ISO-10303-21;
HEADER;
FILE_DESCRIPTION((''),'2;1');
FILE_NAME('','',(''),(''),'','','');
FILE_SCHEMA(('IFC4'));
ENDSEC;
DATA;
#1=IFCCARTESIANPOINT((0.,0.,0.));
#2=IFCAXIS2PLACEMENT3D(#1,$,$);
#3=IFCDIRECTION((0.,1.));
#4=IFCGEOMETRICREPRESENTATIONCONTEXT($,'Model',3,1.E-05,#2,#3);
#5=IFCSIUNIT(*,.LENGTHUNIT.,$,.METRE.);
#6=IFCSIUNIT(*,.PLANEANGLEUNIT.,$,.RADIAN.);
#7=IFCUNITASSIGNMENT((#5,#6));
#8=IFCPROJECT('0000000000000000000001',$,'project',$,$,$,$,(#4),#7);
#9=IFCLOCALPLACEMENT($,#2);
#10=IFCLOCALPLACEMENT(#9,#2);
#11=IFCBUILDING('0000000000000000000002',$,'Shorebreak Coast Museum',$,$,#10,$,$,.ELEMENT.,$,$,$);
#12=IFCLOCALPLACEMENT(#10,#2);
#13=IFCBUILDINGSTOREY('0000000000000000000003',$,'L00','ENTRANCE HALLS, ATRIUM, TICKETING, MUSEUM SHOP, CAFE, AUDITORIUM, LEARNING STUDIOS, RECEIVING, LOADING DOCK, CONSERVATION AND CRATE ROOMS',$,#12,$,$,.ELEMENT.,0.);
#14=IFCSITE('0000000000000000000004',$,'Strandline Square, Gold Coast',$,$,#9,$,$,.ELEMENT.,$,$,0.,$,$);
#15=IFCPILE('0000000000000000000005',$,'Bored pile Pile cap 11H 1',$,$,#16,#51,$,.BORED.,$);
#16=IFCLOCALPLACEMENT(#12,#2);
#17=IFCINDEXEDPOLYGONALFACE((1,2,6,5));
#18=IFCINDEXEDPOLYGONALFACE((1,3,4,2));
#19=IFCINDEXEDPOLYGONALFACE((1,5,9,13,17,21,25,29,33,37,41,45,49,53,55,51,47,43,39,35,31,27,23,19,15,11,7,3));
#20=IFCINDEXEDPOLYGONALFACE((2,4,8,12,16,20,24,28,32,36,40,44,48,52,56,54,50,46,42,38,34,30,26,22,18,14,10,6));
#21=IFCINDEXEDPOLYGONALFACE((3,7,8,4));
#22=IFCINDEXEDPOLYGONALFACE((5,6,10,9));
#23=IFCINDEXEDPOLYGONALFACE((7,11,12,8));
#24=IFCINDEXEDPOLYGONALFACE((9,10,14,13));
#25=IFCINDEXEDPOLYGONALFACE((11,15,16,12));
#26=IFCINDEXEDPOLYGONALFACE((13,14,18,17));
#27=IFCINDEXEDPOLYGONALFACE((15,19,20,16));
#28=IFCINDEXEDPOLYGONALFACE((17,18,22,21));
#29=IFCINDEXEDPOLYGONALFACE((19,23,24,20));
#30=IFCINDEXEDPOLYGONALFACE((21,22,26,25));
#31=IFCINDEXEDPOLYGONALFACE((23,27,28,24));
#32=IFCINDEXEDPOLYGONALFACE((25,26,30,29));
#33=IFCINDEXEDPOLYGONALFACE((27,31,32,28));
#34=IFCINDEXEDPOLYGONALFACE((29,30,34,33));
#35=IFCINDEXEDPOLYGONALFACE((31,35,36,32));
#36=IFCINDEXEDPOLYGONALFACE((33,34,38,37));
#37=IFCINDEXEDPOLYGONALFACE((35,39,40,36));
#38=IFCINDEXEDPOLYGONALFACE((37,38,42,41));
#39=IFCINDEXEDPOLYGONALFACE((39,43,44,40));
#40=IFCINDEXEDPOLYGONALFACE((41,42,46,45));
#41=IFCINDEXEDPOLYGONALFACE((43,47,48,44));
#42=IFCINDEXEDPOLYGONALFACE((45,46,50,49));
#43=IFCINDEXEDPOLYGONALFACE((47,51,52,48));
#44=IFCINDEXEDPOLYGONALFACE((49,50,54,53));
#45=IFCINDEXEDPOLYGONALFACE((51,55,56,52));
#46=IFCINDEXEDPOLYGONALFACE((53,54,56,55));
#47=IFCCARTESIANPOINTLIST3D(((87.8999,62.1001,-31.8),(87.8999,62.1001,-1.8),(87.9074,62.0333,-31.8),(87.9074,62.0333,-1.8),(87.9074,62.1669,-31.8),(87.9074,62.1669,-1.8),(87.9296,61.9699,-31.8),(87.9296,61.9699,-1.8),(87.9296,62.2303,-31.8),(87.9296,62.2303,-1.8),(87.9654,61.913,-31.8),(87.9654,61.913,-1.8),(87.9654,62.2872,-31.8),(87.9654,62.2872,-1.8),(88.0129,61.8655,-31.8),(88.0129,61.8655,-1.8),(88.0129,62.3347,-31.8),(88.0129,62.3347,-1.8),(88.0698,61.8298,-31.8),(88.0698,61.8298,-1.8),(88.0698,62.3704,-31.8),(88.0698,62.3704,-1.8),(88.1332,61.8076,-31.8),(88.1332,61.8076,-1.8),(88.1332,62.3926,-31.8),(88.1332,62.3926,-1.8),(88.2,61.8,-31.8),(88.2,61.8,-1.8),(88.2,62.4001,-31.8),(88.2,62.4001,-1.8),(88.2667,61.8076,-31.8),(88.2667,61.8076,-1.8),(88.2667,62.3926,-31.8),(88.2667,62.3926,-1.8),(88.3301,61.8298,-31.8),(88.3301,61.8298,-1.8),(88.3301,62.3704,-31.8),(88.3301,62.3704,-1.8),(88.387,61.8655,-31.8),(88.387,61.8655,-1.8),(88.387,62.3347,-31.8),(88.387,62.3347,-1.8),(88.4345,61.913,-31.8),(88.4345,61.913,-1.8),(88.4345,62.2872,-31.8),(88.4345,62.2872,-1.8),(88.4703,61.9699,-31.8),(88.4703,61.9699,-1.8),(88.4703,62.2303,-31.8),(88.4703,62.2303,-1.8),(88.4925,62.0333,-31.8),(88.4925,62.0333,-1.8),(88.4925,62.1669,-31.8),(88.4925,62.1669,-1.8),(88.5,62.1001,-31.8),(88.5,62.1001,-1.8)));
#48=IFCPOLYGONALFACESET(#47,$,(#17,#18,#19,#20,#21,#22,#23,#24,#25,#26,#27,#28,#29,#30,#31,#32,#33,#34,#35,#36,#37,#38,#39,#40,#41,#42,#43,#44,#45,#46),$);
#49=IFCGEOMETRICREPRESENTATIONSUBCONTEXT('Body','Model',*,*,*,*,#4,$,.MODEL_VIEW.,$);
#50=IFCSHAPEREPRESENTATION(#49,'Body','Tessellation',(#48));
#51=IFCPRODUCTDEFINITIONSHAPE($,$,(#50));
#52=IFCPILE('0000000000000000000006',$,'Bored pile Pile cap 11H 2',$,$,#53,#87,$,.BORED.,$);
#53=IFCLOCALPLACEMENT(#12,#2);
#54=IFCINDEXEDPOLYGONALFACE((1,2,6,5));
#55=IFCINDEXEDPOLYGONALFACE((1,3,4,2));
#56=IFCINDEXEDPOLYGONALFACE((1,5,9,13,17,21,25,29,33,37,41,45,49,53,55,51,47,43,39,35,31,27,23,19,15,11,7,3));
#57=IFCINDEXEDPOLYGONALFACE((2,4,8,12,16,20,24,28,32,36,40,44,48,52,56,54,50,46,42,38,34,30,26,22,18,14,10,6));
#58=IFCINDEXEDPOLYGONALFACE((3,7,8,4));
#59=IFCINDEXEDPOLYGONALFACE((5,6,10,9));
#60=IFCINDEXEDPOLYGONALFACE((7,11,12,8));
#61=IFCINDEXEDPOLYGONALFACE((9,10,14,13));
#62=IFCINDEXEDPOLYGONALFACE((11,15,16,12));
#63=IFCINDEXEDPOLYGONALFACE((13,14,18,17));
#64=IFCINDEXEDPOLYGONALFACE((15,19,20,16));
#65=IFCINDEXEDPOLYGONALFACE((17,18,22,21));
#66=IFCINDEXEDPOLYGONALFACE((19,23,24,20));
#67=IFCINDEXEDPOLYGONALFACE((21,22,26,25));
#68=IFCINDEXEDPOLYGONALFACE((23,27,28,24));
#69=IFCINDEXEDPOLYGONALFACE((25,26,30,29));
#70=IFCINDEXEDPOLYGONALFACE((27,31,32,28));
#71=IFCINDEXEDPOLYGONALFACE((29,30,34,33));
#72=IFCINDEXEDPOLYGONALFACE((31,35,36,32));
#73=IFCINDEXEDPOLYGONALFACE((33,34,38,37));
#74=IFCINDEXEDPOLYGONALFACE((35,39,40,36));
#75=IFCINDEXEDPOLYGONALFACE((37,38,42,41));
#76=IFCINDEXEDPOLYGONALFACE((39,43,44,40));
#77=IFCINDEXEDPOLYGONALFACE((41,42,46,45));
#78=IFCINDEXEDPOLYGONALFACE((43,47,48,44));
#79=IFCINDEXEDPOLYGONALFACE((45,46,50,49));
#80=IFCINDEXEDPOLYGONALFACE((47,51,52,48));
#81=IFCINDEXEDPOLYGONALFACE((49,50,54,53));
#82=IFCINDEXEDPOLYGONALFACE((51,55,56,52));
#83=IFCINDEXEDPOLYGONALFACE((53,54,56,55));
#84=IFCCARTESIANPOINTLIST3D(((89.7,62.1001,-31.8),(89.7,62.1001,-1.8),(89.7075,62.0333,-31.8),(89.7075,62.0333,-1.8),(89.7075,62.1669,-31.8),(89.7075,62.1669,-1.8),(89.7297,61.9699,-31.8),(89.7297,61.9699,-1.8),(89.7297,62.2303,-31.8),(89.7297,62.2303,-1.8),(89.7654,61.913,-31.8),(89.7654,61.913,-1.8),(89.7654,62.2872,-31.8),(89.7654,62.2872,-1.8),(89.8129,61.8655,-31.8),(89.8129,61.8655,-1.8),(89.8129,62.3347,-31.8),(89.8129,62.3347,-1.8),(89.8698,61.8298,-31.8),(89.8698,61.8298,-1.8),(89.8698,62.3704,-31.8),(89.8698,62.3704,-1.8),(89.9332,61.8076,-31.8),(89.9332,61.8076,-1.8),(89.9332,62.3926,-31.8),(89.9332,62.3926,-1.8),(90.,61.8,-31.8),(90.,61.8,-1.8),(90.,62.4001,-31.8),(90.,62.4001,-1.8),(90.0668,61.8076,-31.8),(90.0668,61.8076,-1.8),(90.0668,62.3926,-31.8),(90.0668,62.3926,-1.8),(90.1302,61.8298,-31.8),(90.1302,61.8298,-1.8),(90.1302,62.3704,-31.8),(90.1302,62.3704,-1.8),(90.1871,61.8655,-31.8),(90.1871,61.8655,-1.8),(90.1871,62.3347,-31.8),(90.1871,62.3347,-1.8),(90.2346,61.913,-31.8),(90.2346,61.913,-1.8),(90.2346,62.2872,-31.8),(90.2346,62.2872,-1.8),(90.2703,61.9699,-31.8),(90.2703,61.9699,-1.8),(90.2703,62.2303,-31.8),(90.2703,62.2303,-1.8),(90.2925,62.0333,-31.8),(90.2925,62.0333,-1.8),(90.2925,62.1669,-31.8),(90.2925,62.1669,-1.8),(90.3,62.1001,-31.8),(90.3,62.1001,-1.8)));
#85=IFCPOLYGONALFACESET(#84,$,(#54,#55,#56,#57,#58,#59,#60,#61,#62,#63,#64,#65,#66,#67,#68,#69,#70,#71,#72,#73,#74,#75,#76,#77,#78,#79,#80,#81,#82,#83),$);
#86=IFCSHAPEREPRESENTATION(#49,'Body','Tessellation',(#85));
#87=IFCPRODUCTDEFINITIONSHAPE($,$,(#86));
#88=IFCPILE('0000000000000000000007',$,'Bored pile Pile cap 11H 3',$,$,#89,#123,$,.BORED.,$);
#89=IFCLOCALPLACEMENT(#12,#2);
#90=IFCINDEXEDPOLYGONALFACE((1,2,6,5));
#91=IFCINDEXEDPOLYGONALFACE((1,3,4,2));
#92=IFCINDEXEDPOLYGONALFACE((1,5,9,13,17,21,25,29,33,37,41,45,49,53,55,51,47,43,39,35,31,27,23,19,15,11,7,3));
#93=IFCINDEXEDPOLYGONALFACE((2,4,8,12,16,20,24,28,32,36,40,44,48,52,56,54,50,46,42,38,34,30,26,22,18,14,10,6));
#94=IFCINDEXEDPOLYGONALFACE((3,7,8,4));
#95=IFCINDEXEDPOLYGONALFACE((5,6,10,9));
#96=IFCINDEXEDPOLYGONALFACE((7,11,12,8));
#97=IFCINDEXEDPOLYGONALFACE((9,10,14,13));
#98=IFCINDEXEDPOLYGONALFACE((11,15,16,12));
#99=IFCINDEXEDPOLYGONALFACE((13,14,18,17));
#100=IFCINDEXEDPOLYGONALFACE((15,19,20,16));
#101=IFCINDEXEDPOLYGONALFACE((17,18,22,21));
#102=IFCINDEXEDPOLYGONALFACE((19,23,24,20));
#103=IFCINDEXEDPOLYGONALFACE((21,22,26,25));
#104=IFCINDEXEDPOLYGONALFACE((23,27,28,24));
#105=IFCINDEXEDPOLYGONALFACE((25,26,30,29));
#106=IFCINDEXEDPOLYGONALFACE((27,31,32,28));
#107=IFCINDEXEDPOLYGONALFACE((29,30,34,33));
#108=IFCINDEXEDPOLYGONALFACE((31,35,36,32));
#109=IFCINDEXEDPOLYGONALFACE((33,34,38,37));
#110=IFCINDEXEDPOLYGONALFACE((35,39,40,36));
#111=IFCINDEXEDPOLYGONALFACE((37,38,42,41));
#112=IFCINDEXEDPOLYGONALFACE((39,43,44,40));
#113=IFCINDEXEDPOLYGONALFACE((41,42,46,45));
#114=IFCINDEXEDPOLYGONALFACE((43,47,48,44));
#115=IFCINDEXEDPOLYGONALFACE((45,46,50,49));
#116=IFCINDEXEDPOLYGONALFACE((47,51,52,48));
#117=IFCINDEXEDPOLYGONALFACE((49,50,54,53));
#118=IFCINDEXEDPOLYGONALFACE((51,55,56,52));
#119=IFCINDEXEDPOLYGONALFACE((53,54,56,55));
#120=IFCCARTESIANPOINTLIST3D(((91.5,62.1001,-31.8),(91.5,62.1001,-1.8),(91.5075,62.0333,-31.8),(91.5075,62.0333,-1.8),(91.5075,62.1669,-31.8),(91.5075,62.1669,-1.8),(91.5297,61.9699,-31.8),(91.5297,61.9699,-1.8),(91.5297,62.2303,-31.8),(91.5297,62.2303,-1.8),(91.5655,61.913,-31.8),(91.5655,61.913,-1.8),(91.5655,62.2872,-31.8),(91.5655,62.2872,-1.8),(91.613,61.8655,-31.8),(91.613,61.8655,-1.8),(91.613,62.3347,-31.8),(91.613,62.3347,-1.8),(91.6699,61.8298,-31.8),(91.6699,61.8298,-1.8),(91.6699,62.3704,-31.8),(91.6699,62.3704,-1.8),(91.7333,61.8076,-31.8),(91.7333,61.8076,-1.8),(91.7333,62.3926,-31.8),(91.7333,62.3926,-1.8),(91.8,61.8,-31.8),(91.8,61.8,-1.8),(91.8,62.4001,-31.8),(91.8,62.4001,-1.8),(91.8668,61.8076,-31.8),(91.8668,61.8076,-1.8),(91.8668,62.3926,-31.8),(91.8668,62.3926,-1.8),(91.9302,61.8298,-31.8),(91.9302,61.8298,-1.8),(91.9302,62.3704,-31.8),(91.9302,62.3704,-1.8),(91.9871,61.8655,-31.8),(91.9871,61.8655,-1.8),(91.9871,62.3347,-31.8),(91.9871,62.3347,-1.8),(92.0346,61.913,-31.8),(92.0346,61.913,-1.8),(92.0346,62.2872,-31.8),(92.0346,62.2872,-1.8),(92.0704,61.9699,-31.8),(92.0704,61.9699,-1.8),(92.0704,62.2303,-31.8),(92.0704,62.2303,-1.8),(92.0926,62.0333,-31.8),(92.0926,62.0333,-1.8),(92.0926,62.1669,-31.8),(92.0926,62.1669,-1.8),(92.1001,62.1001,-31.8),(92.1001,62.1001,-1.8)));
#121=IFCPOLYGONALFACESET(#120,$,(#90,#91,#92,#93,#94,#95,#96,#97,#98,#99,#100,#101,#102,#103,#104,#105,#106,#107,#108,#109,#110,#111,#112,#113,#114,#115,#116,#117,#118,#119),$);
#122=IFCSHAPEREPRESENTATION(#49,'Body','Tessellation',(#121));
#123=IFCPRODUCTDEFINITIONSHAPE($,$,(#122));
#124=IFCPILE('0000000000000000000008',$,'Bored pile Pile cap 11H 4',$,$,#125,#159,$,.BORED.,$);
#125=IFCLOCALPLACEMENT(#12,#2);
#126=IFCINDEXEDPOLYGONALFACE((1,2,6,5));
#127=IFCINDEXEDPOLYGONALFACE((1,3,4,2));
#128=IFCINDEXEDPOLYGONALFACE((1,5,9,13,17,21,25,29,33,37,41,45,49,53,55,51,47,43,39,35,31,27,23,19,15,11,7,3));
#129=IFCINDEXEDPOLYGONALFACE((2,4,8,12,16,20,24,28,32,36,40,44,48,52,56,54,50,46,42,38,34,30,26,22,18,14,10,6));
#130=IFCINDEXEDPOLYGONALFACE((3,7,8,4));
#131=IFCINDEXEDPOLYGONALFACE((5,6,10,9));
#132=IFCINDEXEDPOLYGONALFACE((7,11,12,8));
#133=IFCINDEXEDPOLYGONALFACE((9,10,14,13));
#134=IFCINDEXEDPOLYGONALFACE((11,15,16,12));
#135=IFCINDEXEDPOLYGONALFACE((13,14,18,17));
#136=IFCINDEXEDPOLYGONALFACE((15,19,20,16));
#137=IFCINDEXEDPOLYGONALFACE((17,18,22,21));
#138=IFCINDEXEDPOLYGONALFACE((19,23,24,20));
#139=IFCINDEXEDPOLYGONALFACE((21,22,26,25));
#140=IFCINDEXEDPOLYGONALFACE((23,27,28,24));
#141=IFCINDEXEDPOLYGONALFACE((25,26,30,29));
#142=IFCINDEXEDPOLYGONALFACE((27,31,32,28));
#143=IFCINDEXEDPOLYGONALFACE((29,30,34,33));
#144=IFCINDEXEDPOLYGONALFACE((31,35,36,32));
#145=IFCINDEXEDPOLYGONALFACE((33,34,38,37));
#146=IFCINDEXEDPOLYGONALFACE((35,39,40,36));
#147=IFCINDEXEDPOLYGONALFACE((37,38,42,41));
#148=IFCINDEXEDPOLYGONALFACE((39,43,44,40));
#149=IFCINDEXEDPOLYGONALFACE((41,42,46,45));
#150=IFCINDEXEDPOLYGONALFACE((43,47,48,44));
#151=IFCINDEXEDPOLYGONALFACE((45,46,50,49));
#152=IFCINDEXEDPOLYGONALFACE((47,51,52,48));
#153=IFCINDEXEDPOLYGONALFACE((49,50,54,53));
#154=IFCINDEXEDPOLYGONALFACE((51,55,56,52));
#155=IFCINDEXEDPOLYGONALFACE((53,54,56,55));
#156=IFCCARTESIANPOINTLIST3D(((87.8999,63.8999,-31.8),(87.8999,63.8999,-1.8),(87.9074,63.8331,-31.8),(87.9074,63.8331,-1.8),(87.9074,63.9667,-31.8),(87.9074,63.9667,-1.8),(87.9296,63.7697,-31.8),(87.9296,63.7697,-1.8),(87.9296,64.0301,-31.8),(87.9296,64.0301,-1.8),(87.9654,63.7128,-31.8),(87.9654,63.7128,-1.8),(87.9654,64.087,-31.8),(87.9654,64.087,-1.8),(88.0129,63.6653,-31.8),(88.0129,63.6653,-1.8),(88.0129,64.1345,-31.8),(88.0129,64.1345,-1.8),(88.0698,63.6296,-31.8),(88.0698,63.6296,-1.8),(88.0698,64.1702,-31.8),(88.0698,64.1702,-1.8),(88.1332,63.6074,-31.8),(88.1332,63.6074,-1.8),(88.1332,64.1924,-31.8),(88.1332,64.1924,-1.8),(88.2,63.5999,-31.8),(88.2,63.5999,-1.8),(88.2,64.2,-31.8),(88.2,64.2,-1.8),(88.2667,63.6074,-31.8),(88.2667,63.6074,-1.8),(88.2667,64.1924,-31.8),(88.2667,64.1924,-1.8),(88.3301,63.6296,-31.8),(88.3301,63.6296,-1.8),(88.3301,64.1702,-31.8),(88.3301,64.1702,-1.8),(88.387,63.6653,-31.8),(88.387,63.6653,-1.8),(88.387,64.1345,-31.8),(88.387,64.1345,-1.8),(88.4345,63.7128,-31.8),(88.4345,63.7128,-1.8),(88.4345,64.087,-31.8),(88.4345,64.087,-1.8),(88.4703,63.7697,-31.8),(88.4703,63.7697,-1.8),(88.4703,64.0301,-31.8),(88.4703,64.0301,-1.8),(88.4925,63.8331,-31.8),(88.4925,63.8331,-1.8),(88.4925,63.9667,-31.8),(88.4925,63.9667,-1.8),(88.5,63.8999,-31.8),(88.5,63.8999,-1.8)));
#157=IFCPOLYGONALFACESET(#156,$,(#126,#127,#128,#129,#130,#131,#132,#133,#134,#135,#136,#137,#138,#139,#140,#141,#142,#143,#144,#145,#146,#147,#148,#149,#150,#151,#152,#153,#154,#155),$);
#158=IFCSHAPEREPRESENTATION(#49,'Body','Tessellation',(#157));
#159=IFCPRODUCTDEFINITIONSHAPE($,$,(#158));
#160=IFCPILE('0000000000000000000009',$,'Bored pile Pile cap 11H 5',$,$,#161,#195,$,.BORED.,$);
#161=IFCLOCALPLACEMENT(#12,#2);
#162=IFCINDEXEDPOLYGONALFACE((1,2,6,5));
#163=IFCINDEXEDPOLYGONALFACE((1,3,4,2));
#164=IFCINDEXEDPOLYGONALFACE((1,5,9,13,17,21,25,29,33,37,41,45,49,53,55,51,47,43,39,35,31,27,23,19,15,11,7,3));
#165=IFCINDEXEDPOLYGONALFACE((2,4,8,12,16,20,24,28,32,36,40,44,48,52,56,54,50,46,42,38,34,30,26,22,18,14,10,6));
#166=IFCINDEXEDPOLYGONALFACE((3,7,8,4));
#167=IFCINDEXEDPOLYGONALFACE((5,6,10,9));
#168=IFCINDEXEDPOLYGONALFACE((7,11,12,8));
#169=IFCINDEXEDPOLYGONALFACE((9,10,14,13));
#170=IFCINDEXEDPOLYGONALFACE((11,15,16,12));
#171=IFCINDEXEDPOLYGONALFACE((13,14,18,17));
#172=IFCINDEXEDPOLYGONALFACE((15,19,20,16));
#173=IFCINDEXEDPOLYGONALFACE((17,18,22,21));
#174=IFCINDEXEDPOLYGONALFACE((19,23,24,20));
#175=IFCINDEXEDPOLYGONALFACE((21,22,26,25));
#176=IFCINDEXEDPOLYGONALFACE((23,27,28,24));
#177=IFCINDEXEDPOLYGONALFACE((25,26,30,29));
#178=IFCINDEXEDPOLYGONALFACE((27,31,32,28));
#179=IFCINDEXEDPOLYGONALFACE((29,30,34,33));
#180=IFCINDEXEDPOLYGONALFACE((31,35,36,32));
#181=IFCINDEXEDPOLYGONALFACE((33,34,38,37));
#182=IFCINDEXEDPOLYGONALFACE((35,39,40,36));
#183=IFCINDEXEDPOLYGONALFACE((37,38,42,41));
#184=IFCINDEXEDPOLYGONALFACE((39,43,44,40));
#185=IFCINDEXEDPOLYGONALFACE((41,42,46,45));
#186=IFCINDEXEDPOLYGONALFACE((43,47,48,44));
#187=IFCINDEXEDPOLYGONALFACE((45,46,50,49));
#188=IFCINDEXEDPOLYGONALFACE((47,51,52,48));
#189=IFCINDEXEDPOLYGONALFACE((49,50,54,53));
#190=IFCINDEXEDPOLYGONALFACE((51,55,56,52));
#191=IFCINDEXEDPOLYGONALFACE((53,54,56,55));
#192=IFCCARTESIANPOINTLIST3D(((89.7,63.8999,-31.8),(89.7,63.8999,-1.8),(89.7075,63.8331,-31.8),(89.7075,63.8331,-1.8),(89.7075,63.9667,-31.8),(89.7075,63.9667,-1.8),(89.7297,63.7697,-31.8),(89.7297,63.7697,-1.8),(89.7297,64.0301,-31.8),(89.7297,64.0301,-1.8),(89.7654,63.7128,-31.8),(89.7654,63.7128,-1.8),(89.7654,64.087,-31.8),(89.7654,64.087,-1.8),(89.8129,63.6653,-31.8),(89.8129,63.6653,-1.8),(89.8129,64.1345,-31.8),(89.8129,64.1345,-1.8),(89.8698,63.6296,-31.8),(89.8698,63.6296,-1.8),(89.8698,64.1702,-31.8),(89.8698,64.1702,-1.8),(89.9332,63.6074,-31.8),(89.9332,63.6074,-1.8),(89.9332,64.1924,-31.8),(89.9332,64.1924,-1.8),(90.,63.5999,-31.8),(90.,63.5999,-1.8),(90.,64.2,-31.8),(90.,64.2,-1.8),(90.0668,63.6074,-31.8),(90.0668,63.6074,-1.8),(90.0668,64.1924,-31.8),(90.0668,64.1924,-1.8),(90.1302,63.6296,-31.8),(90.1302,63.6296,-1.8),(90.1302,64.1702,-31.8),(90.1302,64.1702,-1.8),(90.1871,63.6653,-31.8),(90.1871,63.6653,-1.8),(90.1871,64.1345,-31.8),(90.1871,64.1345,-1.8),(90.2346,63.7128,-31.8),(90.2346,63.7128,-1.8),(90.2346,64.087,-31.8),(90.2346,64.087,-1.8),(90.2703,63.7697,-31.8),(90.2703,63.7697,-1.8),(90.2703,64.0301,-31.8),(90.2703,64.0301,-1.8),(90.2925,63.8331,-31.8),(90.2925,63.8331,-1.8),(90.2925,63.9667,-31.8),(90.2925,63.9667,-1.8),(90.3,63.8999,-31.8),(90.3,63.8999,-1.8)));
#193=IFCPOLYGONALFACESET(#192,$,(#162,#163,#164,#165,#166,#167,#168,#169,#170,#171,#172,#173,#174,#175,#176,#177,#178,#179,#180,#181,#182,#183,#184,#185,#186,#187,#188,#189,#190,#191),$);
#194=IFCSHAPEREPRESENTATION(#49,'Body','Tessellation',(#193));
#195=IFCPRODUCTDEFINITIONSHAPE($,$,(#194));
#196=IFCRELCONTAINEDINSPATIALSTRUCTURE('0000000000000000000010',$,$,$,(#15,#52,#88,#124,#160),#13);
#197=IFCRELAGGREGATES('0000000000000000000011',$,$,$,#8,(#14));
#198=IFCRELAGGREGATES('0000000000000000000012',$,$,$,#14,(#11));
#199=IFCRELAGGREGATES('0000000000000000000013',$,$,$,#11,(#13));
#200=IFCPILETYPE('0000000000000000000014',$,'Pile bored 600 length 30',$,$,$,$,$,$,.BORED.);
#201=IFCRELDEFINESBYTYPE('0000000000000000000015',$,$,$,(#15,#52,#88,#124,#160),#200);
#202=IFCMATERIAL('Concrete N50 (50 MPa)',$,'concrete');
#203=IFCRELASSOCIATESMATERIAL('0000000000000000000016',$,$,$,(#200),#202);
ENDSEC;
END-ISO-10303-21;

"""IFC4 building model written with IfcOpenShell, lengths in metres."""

from ifc_helpers import new_model, si_unit, direction, frame, origin, origin_2d, place, context, subcontext, project, spatial, circle, extrude, material, material_profile, profile_set, type_object, element, save


model = new_model("IFC4")

# Units and contexts
model_context = context("Model", 3, precision=1e-05, world=origin(), true_north=direction((0.0, 1.0)))
body_context = subcontext(model_context, "Body", "Model", "MODEL_VIEW")
ifc_project = project(units=[si_unit("LENGTHUNIT", "METRE"), si_unit("PLANEANGLEUNIT", "RADIAN")], contexts=[model_context])

# Site, building, storey
site_placement = place(None, origin())
site = spatial("IfcSite", under=ifc_project, at=site_placement, Name="Strandline Square, Gold Coast", CompositionType="ELEMENT", RefElevation=0.0)
building_placement = place(site_placement, origin())
building = spatial("IfcBuilding", under=site, at=building_placement, Name="Shorebreak Coast Museum", CompositionType="ELEMENT")
storey_placement = place(building_placement, origin())
storey = spatial("IfcBuildingStorey", under=building, at=storey_placement, Name="L00", Description="ENTRANCE HALLS, ATRIUM, TICKETING, MUSEUM SHOP, CAFE, AUDITORIUM, LEARNING STUDIOS, RECEIVING, LOADING DOCK, CONSERVATION AND CRATE ROOMS", CompositionType="ELEMENT", Elevation=0.0)

# Piles
ifc_material_1 = material(Name="Concrete N50 (50 MPa)", Category="concrete")
ifc_material_profile_1 = material_profile(ifc_material_1, circle(Radius=0.3, at=origin_2d()), Name="Pile bored 600 length 30")
ifc_profile_set_1 = profile_set([ifc_material_profile_1], Name="Concrete N50 (50 MPa)")
pile_type_1 = type_object("IfcPileType", Name="Pile bored 600 length 30", PredefinedType="BORED", material=ifc_profile_set_1)
for number, where, z_axis, x_axis, name in (
    (1, (88.2, 62.1001, -1.8), (0.0, 0.0, -1.0), (1.0, 0.0, 0.0), "Bored pile Pile cap 11H 1"),
    (2, (90.0, 62.1001, -1.8), (0.0, 0.0, -1.0), (1.0, 0.0, 0.0), "Bored pile Pile cap 11H 2"),
    (3, (91.8, 62.1001, -1.8), (0.0, 0.0, -1.0), (1.0, 0.0, 0.0), "Bored pile Pile cap 11H 3"),
    (4, (88.2, 63.8999, -1.8), (0.0, 0.0, -1.0), (1.0, 0.0, 0.0), "Bored pile Pile cap 11H 4"),
    (5, (90.0, 63.8999, -1.8), (0.0, 0.0, -1.0), (1.0, 0.0, 0.0), "Bored pile Pile cap 11H 5"),
):
    element("IfcPile", number, at=place(storey_placement, frame(where, z_axis=z_axis, x_axis=x_axis)), inside=storey, type_object=pile_type_1, Name=name, PredefinedType="BORED", context=body_context, shape_type="SweptSolid", body=[
        extrude(circle(Radius=0.3, at=origin_2d()), origin(), (0.0, 0.0, 1.0), 30.0),
    ])

save(model, "model.ifc")
